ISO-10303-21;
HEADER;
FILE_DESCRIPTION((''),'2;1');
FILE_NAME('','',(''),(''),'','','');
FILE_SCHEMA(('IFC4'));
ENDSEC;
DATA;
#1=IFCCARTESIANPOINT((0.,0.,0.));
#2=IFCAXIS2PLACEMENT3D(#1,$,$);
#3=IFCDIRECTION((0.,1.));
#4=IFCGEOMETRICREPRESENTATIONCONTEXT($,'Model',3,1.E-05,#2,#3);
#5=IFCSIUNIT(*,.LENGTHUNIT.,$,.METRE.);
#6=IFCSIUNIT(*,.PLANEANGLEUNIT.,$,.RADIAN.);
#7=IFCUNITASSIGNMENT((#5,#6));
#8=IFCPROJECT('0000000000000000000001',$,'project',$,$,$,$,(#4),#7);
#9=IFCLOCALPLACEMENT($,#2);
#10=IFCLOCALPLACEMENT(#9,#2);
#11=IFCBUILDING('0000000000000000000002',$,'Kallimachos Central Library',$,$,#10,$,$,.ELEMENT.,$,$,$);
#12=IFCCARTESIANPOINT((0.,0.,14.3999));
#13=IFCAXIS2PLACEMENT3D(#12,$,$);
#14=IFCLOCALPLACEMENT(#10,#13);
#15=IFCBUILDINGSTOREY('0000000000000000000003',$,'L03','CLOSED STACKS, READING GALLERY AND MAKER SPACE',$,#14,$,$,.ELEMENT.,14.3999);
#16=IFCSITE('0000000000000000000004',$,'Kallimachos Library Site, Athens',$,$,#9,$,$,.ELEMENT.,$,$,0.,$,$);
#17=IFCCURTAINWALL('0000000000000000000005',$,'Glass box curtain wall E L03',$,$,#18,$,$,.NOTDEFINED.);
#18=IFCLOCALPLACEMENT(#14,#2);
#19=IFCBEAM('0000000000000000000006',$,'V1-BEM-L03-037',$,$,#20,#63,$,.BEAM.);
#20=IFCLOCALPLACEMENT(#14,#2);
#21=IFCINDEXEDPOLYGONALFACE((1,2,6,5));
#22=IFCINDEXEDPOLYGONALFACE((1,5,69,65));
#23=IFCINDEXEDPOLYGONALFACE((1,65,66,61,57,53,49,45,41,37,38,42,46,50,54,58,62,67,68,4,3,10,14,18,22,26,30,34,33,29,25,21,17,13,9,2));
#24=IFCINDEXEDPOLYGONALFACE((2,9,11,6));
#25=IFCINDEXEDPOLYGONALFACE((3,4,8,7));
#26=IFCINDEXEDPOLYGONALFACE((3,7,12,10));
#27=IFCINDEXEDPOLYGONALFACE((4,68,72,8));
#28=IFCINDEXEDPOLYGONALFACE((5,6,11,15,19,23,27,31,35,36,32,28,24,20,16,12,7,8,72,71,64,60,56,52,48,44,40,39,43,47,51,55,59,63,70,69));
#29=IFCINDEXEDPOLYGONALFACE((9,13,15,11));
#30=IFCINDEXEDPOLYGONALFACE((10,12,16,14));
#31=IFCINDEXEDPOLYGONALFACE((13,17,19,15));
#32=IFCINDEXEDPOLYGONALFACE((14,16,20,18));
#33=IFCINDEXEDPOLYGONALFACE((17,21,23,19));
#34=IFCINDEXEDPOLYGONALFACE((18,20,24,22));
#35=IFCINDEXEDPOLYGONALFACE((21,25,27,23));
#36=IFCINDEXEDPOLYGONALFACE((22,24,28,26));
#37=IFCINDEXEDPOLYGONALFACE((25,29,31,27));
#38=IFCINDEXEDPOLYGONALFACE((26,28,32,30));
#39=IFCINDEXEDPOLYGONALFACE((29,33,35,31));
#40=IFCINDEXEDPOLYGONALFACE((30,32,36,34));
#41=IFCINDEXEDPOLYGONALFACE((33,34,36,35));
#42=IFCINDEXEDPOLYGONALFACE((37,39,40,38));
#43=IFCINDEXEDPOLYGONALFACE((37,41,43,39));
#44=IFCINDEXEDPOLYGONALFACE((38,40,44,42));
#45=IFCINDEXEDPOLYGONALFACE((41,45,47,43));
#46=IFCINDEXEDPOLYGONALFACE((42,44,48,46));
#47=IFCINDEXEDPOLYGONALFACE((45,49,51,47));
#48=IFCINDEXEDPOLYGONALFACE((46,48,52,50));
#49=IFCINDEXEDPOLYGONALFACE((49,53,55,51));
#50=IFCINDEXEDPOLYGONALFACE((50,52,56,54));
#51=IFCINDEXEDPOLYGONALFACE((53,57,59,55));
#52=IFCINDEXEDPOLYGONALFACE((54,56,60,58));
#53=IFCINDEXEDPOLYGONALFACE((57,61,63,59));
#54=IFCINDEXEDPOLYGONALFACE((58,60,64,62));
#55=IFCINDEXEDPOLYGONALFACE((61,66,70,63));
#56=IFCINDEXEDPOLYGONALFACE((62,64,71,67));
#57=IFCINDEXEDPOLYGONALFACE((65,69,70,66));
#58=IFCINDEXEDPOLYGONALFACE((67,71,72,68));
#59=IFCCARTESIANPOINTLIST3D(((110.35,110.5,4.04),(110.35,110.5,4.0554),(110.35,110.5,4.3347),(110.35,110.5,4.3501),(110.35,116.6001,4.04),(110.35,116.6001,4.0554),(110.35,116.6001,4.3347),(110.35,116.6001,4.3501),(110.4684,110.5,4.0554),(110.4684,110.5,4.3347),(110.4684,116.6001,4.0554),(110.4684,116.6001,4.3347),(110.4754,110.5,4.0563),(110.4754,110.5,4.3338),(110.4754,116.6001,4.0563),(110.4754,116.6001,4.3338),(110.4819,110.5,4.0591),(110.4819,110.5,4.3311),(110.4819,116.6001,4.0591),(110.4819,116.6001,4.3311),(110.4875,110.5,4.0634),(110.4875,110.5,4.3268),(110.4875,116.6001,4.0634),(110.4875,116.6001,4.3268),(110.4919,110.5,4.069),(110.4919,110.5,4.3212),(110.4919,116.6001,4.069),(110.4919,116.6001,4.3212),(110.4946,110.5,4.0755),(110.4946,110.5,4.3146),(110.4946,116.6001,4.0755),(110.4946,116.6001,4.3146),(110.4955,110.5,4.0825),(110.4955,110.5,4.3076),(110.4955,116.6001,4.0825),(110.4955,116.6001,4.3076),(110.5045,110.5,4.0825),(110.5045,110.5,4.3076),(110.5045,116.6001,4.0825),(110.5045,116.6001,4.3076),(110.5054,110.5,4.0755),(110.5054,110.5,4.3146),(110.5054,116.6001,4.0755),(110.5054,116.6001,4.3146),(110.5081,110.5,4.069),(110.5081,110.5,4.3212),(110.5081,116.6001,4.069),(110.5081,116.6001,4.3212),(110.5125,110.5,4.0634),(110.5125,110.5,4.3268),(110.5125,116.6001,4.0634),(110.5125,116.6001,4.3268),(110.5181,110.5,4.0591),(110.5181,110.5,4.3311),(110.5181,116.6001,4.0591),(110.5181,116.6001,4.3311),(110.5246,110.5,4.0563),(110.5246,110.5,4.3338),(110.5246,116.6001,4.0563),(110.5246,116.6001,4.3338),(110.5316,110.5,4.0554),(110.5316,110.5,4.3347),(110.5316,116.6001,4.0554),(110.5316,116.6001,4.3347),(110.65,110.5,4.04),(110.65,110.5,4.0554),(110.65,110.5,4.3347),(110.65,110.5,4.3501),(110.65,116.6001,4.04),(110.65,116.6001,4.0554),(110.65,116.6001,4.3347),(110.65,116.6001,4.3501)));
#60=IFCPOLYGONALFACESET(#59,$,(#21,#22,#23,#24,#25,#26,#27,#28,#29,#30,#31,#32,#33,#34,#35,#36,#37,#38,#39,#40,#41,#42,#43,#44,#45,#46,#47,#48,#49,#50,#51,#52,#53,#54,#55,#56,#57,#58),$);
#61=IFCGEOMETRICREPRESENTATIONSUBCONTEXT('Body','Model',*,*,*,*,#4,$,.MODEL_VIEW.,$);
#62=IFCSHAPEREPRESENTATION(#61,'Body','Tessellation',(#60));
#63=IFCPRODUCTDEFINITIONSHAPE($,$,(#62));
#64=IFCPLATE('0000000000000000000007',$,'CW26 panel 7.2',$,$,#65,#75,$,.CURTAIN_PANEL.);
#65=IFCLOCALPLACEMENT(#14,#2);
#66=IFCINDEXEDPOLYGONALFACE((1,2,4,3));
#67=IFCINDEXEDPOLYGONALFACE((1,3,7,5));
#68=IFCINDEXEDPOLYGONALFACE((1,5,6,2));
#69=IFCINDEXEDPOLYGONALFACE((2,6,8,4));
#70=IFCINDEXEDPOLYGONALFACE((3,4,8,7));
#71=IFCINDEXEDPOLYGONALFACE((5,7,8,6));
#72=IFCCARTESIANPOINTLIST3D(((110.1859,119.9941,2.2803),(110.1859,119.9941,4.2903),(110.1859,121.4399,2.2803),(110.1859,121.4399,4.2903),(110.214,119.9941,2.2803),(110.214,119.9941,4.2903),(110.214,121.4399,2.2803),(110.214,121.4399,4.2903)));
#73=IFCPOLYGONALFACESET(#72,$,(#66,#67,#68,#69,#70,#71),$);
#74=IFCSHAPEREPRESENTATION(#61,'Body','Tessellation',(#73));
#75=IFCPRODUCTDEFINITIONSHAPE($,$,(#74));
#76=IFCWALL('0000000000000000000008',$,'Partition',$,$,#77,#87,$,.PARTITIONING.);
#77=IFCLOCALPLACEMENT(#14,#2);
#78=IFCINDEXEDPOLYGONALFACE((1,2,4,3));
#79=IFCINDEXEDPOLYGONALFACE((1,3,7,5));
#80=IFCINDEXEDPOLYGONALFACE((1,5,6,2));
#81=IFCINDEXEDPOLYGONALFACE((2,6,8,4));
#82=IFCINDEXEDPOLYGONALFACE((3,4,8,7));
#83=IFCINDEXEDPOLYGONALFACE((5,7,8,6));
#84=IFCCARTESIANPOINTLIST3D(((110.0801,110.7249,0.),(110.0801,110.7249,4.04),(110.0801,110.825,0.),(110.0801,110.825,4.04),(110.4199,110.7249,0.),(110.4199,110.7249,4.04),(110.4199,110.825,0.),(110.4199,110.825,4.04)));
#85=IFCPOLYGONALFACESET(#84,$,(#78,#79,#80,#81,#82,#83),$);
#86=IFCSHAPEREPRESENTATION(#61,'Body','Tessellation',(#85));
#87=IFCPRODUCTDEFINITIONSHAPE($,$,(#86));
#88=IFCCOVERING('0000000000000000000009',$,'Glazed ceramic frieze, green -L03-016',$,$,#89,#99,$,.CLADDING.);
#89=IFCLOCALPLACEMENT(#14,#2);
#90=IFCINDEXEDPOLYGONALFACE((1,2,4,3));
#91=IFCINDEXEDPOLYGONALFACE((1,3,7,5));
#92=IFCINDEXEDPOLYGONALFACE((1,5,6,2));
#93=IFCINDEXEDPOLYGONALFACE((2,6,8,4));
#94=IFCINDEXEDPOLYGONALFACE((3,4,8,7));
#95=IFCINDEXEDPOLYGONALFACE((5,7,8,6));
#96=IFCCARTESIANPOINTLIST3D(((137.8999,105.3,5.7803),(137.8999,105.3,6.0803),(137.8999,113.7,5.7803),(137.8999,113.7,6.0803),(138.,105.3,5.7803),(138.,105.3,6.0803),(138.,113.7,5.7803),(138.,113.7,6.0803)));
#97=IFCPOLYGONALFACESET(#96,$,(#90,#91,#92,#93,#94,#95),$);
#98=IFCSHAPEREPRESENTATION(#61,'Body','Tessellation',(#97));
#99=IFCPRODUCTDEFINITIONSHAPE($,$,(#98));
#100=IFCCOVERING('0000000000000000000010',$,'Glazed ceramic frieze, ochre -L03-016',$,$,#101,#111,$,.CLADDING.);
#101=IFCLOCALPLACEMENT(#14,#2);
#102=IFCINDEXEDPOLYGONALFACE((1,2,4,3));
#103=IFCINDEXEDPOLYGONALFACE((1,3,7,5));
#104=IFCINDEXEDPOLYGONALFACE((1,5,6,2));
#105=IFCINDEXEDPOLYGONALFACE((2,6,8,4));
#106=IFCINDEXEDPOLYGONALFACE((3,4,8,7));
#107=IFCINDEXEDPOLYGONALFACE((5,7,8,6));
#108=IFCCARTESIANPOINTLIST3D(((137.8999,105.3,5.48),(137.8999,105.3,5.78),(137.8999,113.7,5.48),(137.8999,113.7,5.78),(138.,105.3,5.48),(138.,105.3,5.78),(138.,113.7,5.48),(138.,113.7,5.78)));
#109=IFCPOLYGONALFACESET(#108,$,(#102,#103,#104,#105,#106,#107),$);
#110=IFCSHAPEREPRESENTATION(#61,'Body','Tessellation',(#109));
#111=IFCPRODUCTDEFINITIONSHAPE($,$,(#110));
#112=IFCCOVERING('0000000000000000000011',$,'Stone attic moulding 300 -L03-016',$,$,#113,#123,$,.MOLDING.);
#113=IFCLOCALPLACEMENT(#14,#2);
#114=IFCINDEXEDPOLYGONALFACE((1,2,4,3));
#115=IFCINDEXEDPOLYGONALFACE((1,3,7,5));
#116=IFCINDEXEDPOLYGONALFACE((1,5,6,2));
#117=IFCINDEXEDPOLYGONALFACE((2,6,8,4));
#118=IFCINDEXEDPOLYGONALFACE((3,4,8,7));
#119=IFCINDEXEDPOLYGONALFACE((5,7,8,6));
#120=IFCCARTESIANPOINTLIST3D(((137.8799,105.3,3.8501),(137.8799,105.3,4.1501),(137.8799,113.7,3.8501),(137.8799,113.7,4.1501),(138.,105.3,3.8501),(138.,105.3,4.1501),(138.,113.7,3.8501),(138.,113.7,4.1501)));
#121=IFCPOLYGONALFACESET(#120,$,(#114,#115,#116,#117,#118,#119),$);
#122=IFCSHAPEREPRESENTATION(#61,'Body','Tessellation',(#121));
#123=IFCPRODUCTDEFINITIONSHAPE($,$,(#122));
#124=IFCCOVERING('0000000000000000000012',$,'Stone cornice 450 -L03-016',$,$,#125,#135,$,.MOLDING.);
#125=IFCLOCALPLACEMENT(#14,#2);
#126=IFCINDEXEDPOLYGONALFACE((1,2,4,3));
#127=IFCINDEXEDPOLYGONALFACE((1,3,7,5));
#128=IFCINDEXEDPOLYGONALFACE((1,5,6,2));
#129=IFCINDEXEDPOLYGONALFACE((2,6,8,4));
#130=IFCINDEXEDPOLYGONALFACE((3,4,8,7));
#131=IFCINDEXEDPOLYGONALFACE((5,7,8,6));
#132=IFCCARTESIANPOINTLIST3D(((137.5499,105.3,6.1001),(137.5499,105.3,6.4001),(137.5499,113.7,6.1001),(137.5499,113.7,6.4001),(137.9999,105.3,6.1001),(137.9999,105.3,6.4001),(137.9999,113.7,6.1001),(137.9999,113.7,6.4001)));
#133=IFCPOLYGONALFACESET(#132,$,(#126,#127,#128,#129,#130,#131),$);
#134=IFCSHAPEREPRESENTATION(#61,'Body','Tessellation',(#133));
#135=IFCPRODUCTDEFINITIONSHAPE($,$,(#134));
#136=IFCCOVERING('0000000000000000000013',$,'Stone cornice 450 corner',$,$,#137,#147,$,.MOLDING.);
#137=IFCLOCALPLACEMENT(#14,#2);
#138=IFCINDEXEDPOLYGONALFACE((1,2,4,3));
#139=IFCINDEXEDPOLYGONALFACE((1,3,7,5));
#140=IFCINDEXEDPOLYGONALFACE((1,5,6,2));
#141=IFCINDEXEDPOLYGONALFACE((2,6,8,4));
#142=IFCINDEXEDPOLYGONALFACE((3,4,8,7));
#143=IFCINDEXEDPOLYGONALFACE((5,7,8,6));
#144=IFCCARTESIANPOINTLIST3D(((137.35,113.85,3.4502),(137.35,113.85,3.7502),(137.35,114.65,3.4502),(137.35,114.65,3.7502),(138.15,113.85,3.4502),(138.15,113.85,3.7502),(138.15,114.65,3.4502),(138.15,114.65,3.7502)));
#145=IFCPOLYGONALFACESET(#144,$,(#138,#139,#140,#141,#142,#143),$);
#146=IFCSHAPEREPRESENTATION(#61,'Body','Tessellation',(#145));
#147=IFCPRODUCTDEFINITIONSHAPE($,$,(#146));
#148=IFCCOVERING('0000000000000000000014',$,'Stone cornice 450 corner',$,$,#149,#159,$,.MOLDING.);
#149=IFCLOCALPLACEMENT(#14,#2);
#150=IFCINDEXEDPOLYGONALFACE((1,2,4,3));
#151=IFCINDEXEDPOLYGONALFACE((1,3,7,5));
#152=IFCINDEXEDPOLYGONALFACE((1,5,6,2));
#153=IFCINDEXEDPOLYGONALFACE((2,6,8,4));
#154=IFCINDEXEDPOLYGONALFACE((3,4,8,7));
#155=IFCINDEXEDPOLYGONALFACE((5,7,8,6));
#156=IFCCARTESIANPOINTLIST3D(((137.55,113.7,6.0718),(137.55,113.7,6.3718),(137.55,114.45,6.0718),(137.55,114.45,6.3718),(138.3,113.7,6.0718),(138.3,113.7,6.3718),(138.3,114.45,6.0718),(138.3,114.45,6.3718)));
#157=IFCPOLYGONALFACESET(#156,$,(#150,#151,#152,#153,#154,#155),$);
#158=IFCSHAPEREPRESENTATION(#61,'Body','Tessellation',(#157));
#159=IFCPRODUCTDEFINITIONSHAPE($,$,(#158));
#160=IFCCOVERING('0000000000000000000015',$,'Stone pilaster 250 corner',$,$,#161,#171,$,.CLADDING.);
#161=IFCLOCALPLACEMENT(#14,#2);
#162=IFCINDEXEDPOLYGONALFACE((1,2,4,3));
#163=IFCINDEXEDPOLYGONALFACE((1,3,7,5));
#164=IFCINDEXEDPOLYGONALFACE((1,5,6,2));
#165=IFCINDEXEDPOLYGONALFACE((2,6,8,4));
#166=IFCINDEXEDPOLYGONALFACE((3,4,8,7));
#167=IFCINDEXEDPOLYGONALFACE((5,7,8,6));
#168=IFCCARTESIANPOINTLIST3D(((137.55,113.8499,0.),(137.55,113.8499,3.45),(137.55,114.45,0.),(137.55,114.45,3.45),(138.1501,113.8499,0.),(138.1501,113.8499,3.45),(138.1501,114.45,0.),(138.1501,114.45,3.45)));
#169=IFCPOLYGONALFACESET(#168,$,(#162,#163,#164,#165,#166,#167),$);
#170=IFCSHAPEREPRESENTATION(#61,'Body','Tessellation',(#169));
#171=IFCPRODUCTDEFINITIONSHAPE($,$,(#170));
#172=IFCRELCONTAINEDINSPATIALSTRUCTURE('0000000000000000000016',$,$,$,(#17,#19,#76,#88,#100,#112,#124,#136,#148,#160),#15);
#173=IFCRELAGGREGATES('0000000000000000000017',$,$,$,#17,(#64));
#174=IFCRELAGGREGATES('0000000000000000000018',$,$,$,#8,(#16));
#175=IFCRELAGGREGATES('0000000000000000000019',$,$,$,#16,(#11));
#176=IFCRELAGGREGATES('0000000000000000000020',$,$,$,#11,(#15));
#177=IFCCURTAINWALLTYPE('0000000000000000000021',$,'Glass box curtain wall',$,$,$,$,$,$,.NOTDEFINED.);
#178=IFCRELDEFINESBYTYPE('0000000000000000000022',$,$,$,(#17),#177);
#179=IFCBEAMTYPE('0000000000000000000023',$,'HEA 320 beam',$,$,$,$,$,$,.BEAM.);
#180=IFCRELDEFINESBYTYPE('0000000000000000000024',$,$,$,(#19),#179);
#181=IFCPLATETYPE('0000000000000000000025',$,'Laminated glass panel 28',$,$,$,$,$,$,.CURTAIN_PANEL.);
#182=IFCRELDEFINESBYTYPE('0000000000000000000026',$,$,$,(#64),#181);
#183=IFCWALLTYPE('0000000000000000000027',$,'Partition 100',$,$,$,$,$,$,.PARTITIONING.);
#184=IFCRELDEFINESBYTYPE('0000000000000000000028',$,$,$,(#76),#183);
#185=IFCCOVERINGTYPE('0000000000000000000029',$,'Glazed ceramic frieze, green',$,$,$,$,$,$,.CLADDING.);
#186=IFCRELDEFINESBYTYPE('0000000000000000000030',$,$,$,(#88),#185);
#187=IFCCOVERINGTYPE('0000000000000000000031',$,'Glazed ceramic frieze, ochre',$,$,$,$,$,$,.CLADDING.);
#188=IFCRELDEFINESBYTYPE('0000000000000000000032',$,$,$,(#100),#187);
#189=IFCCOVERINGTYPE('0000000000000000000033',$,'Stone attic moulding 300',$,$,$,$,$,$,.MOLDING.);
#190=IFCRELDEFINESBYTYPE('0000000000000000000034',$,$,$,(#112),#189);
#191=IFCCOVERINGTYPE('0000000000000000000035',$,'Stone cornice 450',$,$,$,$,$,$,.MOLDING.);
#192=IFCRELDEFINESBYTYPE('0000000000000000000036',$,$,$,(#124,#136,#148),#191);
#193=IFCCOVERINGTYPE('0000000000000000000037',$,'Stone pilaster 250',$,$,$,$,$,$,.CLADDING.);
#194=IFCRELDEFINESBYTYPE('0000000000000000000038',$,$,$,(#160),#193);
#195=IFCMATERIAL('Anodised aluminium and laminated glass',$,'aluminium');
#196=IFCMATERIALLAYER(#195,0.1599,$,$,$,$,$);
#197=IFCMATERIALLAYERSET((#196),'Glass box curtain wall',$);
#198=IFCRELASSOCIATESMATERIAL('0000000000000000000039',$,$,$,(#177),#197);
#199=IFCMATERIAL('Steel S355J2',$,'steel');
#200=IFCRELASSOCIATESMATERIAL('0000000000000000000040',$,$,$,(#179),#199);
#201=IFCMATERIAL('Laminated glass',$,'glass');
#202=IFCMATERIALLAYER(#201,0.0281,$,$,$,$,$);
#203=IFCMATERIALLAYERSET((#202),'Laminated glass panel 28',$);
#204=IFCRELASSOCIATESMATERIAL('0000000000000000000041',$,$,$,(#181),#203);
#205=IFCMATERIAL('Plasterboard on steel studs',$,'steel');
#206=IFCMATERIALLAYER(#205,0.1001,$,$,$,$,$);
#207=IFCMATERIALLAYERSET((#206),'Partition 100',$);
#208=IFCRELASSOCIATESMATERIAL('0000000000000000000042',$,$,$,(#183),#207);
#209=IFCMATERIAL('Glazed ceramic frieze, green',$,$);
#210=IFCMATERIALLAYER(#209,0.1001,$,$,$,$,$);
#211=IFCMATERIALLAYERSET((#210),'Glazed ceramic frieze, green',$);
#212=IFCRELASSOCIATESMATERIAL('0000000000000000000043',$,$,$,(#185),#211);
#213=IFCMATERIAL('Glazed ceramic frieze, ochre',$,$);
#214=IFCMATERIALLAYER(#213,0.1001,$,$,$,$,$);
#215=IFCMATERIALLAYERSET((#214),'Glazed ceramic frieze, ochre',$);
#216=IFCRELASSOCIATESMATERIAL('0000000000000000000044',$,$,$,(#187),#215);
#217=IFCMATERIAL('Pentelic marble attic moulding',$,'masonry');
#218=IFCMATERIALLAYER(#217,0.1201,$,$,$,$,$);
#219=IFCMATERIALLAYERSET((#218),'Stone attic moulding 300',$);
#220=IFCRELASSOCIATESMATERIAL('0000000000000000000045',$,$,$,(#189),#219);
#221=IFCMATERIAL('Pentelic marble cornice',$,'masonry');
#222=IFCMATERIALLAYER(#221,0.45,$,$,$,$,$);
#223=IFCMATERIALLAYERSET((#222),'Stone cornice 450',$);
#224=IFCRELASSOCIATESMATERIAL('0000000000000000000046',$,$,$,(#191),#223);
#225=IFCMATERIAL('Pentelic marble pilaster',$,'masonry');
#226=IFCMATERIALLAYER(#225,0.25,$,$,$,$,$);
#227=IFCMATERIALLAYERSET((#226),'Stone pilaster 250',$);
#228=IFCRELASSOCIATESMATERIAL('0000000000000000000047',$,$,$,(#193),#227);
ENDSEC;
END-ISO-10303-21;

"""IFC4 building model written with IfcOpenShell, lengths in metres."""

from ifc_helpers import new_model, si_unit, direction, frame, frame_2d, origin, origin_2d, place, context, subcontext, project, spatial, rectangle, i_section, extrude, material, layer, layer_set, material_profile, profile_set, type_object, element, aggregate, save


model = new_model("IFC4")

# Units and contexts
model_context = context("Model", 3, precision=1e-05, world=origin(), true_north=direction((0.0, 1.0)))
body_context = subcontext(model_context, "Body", "Model", "MODEL_VIEW")
ifc_project = project(units=[si_unit("LENGTHUNIT", "METRE"), si_unit("PLANEANGLEUNIT", "RADIAN")], contexts=[model_context])

# Site, building, storey
site_placement = place(None, origin())
site = spatial("IfcSite", under=ifc_project, at=site_placement, Name="Kallimachos Library Site, Athens", CompositionType="ELEMENT", RefElevation=0.0)
building_placement = place(site_placement, origin())
building = spatial("IfcBuilding", under=site, at=building_placement, Name="Kallimachos Central Library", CompositionType="ELEMENT")
storey_placement = place(building_placement, frame((0.0, 0.0, 14.3999)))
storey = spatial("IfcBuildingStorey", under=building, at=storey_placement, Name="L03", Description="CLOSED STACKS, READING GALLERY AND MAKER SPACE", CompositionType="ELEMENT", Elevation=14.3999)

# Curtain wall
ifc_material_1 = material(Name="Anodised aluminium and laminated glass", Category="aluminium")
ifc_layer_1 = layer(ifc_material_1, 0.1599)
ifc_layer_set_1 = layer_set([ifc_layer_1], Name="Glass box curtain wall")
curtain_wall_type = type_object("IfcCurtainWallType", Name="Glass box curtain wall", PredefinedType="NOTDEFINED", material=ifc_layer_set_1)
curtain_wall_placement = place(storey_placement, origin())
curtain_wall = element("IfcCurtainWall", 1, at=curtain_wall_placement, inside=storey, type_object=curtain_wall_type, Name="Glass box curtain wall E L03", PredefinedType="NOTDEFINED")

# Beam
ifc_material_2 = material(Name="Steel S355J2", Category="steel")
ifc_material_profile_1 = material_profile(ifc_material_2, i_section(OverallWidth=0.3, OverallDepth=0.3101, WebThickness=0.009, FlangeThickness=0.0154, FilletRadius=0.0271, at=origin_2d()), Name="HEA 320")
ifc_profile_set_1 = profile_set([ifc_material_profile_1], Name="Steel S355J2")
beam_type_1 = type_object("IfcBeamType", Name="HEA 320 beam", PredefinedType="BEAM", material=ifc_profile_set_1)
beam_1_placement = place(storey_placement, frame((110.5, 110.5, 4.1951), z_axis=(0.0, 1.0, 0.0), x_axis=(-1.0, 0.0, 0.0)))
element("IfcBeam", 2, at=beam_1_placement, inside=storey, type_object=beam_type_1, Name="V1-BEM-L03-037", PredefinedType="BEAM", context=body_context, shape_type="SweptSolid", body=[
    extrude(i_section(OverallWidth=0.3, OverallDepth=0.3101, WebThickness=0.009, FlangeThickness=0.0154, FilletRadius=0.0271, at=origin_2d()), origin(), (0.0, 0.0, 1.0), 6.1001),
])

# Plate
ifc_material_3 = material(Name="Laminated glass", Category="glass")
ifc_layer_2 = layer(ifc_material_3, 0.0281)
ifc_layer_set_2 = layer_set([ifc_layer_2], Name="Laminated glass panel 28")
plate_type = type_object("IfcPlateType", Name="Laminated glass panel 28", PredefinedType="CURTAIN_PANEL", material=ifc_layer_set_2)
plate_placement = place(storey_placement, frame((110.2, 120.717, 2.2803), z_axis=(0.0, 0.0, 1.0), x_axis=(0.0, 1.0, 0.0)))
plate = element("IfcPlate", 3, at=plate_placement, type_object=plate_type, Name="CW26 panel 7.2", PredefinedType="CURTAIN_PANEL", context=body_context, shape_type="SweptSolid", body=[
    extrude(rectangle(XDim=1.4458, YDim=0.0281, at=origin_2d()), origin(), (0.0, 0.0, 1.0), 2.01),
])
aggregate(curtain_wall, [plate])

# Wall
ifc_material_4 = material(Name="Plasterboard on steel studs", Category="steel")
ifc_layer_3 = layer(ifc_material_4, 0.1001)
ifc_layer_set_3 = layer_set([ifc_layer_3], Name="Partition 100")
wall_type = type_object("IfcWallType", Name="Partition 100", PredefinedType="PARTITIONING", material=ifc_layer_set_3)
wall_placement = place(storey_placement, frame((110.4199, 110.7749, 0.0), z_axis=(0.0, 0.0, 1.0), x_axis=(-1.0, 0.0, 0.0)))
element("IfcWall", 4, at=wall_placement, inside=storey, type_object=wall_type, Name="Partition", PredefinedType="PARTITIONING", context=body_context, shape_type="SweptSolid", body=[
    extrude(rectangle(XDim=0.3398, YDim=0.1001, at=frame_2d((0.1699, 0.0))), origin(), (0.0, 0.0, 1.0), 4.04),
])

# Coverings
ifc_material_5 = material(Name="Glazed ceramic frieze, green")
ifc_layer_4 = layer(ifc_material_5, 0.1001)
ifc_layer_set_4 = layer_set([ifc_layer_4], Name="Glazed ceramic frieze, green")
covering_type_1 = type_object("IfcCoveringType", Name="Glazed ceramic frieze, green", PredefinedType="CLADDING", material=ifc_layer_set_4)
covering_1_placement = place(storey_placement, frame((137.95, 109.5, 5.7803), z_axis=(0.0, 0.0, 1.0), x_axis=(1.0, 0.0, 0.0)))
element("IfcCovering", 5, at=covering_1_placement, inside=storey, type_object=covering_type_1, Name="Glazed ceramic frieze, green -L03-016", PredefinedType="CLADDING", context=body_context, shape_type="SweptSolid", body=[
    extrude(rectangle(XDim=0.1001, YDim=8.3999, at=origin_2d()), origin(), (0.0, 0.0, 1.0), 0.3),
])
ifc_material_6 = material(Name="Glazed ceramic frieze, ochre")
ifc_layer_5 = layer(ifc_material_6, 0.1001)
ifc_layer_set_5 = layer_set([ifc_layer_5], Name="Glazed ceramic frieze, ochre")
covering_type_2 = type_object("IfcCoveringType", Name="Glazed ceramic frieze, ochre", PredefinedType="CLADDING", material=ifc_layer_set_5)
covering_2_placement = place(storey_placement, frame((137.95, 109.5, 5.48), z_axis=(0.0, 0.0, 1.0), x_axis=(1.0, 0.0, 0.0)))
element("IfcCovering", 6, at=covering_2_placement, inside=storey, type_object=covering_type_2, Name="Glazed ceramic frieze, ochre -L03-016", PredefinedType="CLADDING", context=body_context, shape_type="SweptSolid", body=[
    extrude(rectangle(XDim=0.1001, YDim=8.3999, at=origin_2d()), origin(), (0.0, 0.0, 1.0), 0.3),
])
ifc_material_7 = material(Name="Pentelic marble attic moulding", Category="masonry")
ifc_layer_6 = layer(ifc_material_7, 0.1201)
ifc_layer_set_6 = layer_set([ifc_layer_6], Name="Stone attic moulding 300")
covering_type_3 = type_object("IfcCoveringType", Name="Stone attic moulding 300", PredefinedType="MOLDING", material=ifc_layer_set_6)
covering_3_placement = place(storey_placement, frame((137.9399, 109.5, 3.8501), z_axis=(0.0, 0.0, 1.0), x_axis=(1.0, 0.0, 0.0)))
element("IfcCovering", 7, at=covering_3_placement, inside=storey, type_object=covering_type_3, Name="Stone attic moulding 300 -L03-016", PredefinedType="MOLDING", context=body_context, shape_type="SweptSolid", body=[
    extrude(rectangle(XDim=0.1201, YDim=8.3999, at=origin_2d()), origin(), (0.0, 0.0, 1.0), 0.3),
])
ifc_material_8 = material(Name="Pentelic marble cornice", Category="masonry")
ifc_layer_7 = layer(ifc_material_8, 0.45)
ifc_layer_set_7 = layer_set([ifc_layer_7], Name="Stone cornice 450")
covering_type_4 = type_object("IfcCoveringType", Name="Stone cornice 450", PredefinedType="MOLDING", material=ifc_layer_set_7)
covering_4_placement = place(storey_placement, frame((137.7749, 109.5, 6.1001), z_axis=(0.0, 0.0, 1.0), x_axis=(1.0, 0.0, 0.0)))
element("IfcCovering", 8, at=covering_4_placement, inside=storey, type_object=covering_type_4, Name="Stone cornice 450 -L03-016", PredefinedType="MOLDING", context=body_context, shape_type="SweptSolid", body=[
    extrude(rectangle(XDim=0.45, YDim=8.3999, at=origin_2d()), origin(), (0.0, 0.0, 1.0), 0.3),
])
covering_5_placement = place(storey_placement, frame((137.75, 114.25, 3.4502), z_axis=(0.0, 0.0, 1.0), x_axis=(1.0, 0.0, 0.0)))
element("IfcCovering", 9, at=covering_5_placement, inside=storey, type_object=covering_type_4, Name="Stone cornice 450 corner", PredefinedType="MOLDING", context=body_context, shape_type="SweptSolid", body=[
    extrude(rectangle(XDim=0.8, YDim=0.8, at=origin_2d()), origin(), (0.0, 0.0, 1.0), 0.3),
])
covering_6_placement = place(storey_placement, frame((137.925, 114.075, 6.0718), z_axis=(0.0, 0.0, 1.0), x_axis=(1.0, 0.0, 0.0)))
element("IfcCovering", 10, at=covering_6_placement, inside=storey, type_object=covering_type_4, Name="Stone cornice 450 corner", PredefinedType="MOLDING", context=body_context, shape_type="SweptSolid", body=[
    extrude(rectangle(XDim=0.75, YDim=0.75, at=origin_2d()), origin(), (0.0, 0.0, 1.0), 0.3),
])
ifc_material_9 = material(Name="Pentelic marble pilaster", Category="masonry")
ifc_layer_8 = layer(ifc_material_9, 0.25)
ifc_layer_set_8 = layer_set([ifc_layer_8], Name="Stone pilaster 250")
covering_type_5 = type_object("IfcCoveringType", Name="Stone pilaster 250", PredefinedType="CLADDING", material=ifc_layer_set_8)
covering_7_placement = place(storey_placement, frame((137.8501, 114.1499, 0.0), z_axis=(0.0, 0.0, 1.0), x_axis=(1.0, 0.0, 0.0)))
element("IfcCovering", 11, at=covering_7_placement, inside=storey, type_object=covering_type_5, Name="Stone pilaster 250 corner", PredefinedType="CLADDING", context=body_context, shape_type="SweptSolid", body=[
    extrude(rectangle(XDim=0.6001, YDim=0.6001, at=origin_2d()), origin(), (0.0, 0.0, 1.0), 3.45),
])

save(model, "model.ifc")
